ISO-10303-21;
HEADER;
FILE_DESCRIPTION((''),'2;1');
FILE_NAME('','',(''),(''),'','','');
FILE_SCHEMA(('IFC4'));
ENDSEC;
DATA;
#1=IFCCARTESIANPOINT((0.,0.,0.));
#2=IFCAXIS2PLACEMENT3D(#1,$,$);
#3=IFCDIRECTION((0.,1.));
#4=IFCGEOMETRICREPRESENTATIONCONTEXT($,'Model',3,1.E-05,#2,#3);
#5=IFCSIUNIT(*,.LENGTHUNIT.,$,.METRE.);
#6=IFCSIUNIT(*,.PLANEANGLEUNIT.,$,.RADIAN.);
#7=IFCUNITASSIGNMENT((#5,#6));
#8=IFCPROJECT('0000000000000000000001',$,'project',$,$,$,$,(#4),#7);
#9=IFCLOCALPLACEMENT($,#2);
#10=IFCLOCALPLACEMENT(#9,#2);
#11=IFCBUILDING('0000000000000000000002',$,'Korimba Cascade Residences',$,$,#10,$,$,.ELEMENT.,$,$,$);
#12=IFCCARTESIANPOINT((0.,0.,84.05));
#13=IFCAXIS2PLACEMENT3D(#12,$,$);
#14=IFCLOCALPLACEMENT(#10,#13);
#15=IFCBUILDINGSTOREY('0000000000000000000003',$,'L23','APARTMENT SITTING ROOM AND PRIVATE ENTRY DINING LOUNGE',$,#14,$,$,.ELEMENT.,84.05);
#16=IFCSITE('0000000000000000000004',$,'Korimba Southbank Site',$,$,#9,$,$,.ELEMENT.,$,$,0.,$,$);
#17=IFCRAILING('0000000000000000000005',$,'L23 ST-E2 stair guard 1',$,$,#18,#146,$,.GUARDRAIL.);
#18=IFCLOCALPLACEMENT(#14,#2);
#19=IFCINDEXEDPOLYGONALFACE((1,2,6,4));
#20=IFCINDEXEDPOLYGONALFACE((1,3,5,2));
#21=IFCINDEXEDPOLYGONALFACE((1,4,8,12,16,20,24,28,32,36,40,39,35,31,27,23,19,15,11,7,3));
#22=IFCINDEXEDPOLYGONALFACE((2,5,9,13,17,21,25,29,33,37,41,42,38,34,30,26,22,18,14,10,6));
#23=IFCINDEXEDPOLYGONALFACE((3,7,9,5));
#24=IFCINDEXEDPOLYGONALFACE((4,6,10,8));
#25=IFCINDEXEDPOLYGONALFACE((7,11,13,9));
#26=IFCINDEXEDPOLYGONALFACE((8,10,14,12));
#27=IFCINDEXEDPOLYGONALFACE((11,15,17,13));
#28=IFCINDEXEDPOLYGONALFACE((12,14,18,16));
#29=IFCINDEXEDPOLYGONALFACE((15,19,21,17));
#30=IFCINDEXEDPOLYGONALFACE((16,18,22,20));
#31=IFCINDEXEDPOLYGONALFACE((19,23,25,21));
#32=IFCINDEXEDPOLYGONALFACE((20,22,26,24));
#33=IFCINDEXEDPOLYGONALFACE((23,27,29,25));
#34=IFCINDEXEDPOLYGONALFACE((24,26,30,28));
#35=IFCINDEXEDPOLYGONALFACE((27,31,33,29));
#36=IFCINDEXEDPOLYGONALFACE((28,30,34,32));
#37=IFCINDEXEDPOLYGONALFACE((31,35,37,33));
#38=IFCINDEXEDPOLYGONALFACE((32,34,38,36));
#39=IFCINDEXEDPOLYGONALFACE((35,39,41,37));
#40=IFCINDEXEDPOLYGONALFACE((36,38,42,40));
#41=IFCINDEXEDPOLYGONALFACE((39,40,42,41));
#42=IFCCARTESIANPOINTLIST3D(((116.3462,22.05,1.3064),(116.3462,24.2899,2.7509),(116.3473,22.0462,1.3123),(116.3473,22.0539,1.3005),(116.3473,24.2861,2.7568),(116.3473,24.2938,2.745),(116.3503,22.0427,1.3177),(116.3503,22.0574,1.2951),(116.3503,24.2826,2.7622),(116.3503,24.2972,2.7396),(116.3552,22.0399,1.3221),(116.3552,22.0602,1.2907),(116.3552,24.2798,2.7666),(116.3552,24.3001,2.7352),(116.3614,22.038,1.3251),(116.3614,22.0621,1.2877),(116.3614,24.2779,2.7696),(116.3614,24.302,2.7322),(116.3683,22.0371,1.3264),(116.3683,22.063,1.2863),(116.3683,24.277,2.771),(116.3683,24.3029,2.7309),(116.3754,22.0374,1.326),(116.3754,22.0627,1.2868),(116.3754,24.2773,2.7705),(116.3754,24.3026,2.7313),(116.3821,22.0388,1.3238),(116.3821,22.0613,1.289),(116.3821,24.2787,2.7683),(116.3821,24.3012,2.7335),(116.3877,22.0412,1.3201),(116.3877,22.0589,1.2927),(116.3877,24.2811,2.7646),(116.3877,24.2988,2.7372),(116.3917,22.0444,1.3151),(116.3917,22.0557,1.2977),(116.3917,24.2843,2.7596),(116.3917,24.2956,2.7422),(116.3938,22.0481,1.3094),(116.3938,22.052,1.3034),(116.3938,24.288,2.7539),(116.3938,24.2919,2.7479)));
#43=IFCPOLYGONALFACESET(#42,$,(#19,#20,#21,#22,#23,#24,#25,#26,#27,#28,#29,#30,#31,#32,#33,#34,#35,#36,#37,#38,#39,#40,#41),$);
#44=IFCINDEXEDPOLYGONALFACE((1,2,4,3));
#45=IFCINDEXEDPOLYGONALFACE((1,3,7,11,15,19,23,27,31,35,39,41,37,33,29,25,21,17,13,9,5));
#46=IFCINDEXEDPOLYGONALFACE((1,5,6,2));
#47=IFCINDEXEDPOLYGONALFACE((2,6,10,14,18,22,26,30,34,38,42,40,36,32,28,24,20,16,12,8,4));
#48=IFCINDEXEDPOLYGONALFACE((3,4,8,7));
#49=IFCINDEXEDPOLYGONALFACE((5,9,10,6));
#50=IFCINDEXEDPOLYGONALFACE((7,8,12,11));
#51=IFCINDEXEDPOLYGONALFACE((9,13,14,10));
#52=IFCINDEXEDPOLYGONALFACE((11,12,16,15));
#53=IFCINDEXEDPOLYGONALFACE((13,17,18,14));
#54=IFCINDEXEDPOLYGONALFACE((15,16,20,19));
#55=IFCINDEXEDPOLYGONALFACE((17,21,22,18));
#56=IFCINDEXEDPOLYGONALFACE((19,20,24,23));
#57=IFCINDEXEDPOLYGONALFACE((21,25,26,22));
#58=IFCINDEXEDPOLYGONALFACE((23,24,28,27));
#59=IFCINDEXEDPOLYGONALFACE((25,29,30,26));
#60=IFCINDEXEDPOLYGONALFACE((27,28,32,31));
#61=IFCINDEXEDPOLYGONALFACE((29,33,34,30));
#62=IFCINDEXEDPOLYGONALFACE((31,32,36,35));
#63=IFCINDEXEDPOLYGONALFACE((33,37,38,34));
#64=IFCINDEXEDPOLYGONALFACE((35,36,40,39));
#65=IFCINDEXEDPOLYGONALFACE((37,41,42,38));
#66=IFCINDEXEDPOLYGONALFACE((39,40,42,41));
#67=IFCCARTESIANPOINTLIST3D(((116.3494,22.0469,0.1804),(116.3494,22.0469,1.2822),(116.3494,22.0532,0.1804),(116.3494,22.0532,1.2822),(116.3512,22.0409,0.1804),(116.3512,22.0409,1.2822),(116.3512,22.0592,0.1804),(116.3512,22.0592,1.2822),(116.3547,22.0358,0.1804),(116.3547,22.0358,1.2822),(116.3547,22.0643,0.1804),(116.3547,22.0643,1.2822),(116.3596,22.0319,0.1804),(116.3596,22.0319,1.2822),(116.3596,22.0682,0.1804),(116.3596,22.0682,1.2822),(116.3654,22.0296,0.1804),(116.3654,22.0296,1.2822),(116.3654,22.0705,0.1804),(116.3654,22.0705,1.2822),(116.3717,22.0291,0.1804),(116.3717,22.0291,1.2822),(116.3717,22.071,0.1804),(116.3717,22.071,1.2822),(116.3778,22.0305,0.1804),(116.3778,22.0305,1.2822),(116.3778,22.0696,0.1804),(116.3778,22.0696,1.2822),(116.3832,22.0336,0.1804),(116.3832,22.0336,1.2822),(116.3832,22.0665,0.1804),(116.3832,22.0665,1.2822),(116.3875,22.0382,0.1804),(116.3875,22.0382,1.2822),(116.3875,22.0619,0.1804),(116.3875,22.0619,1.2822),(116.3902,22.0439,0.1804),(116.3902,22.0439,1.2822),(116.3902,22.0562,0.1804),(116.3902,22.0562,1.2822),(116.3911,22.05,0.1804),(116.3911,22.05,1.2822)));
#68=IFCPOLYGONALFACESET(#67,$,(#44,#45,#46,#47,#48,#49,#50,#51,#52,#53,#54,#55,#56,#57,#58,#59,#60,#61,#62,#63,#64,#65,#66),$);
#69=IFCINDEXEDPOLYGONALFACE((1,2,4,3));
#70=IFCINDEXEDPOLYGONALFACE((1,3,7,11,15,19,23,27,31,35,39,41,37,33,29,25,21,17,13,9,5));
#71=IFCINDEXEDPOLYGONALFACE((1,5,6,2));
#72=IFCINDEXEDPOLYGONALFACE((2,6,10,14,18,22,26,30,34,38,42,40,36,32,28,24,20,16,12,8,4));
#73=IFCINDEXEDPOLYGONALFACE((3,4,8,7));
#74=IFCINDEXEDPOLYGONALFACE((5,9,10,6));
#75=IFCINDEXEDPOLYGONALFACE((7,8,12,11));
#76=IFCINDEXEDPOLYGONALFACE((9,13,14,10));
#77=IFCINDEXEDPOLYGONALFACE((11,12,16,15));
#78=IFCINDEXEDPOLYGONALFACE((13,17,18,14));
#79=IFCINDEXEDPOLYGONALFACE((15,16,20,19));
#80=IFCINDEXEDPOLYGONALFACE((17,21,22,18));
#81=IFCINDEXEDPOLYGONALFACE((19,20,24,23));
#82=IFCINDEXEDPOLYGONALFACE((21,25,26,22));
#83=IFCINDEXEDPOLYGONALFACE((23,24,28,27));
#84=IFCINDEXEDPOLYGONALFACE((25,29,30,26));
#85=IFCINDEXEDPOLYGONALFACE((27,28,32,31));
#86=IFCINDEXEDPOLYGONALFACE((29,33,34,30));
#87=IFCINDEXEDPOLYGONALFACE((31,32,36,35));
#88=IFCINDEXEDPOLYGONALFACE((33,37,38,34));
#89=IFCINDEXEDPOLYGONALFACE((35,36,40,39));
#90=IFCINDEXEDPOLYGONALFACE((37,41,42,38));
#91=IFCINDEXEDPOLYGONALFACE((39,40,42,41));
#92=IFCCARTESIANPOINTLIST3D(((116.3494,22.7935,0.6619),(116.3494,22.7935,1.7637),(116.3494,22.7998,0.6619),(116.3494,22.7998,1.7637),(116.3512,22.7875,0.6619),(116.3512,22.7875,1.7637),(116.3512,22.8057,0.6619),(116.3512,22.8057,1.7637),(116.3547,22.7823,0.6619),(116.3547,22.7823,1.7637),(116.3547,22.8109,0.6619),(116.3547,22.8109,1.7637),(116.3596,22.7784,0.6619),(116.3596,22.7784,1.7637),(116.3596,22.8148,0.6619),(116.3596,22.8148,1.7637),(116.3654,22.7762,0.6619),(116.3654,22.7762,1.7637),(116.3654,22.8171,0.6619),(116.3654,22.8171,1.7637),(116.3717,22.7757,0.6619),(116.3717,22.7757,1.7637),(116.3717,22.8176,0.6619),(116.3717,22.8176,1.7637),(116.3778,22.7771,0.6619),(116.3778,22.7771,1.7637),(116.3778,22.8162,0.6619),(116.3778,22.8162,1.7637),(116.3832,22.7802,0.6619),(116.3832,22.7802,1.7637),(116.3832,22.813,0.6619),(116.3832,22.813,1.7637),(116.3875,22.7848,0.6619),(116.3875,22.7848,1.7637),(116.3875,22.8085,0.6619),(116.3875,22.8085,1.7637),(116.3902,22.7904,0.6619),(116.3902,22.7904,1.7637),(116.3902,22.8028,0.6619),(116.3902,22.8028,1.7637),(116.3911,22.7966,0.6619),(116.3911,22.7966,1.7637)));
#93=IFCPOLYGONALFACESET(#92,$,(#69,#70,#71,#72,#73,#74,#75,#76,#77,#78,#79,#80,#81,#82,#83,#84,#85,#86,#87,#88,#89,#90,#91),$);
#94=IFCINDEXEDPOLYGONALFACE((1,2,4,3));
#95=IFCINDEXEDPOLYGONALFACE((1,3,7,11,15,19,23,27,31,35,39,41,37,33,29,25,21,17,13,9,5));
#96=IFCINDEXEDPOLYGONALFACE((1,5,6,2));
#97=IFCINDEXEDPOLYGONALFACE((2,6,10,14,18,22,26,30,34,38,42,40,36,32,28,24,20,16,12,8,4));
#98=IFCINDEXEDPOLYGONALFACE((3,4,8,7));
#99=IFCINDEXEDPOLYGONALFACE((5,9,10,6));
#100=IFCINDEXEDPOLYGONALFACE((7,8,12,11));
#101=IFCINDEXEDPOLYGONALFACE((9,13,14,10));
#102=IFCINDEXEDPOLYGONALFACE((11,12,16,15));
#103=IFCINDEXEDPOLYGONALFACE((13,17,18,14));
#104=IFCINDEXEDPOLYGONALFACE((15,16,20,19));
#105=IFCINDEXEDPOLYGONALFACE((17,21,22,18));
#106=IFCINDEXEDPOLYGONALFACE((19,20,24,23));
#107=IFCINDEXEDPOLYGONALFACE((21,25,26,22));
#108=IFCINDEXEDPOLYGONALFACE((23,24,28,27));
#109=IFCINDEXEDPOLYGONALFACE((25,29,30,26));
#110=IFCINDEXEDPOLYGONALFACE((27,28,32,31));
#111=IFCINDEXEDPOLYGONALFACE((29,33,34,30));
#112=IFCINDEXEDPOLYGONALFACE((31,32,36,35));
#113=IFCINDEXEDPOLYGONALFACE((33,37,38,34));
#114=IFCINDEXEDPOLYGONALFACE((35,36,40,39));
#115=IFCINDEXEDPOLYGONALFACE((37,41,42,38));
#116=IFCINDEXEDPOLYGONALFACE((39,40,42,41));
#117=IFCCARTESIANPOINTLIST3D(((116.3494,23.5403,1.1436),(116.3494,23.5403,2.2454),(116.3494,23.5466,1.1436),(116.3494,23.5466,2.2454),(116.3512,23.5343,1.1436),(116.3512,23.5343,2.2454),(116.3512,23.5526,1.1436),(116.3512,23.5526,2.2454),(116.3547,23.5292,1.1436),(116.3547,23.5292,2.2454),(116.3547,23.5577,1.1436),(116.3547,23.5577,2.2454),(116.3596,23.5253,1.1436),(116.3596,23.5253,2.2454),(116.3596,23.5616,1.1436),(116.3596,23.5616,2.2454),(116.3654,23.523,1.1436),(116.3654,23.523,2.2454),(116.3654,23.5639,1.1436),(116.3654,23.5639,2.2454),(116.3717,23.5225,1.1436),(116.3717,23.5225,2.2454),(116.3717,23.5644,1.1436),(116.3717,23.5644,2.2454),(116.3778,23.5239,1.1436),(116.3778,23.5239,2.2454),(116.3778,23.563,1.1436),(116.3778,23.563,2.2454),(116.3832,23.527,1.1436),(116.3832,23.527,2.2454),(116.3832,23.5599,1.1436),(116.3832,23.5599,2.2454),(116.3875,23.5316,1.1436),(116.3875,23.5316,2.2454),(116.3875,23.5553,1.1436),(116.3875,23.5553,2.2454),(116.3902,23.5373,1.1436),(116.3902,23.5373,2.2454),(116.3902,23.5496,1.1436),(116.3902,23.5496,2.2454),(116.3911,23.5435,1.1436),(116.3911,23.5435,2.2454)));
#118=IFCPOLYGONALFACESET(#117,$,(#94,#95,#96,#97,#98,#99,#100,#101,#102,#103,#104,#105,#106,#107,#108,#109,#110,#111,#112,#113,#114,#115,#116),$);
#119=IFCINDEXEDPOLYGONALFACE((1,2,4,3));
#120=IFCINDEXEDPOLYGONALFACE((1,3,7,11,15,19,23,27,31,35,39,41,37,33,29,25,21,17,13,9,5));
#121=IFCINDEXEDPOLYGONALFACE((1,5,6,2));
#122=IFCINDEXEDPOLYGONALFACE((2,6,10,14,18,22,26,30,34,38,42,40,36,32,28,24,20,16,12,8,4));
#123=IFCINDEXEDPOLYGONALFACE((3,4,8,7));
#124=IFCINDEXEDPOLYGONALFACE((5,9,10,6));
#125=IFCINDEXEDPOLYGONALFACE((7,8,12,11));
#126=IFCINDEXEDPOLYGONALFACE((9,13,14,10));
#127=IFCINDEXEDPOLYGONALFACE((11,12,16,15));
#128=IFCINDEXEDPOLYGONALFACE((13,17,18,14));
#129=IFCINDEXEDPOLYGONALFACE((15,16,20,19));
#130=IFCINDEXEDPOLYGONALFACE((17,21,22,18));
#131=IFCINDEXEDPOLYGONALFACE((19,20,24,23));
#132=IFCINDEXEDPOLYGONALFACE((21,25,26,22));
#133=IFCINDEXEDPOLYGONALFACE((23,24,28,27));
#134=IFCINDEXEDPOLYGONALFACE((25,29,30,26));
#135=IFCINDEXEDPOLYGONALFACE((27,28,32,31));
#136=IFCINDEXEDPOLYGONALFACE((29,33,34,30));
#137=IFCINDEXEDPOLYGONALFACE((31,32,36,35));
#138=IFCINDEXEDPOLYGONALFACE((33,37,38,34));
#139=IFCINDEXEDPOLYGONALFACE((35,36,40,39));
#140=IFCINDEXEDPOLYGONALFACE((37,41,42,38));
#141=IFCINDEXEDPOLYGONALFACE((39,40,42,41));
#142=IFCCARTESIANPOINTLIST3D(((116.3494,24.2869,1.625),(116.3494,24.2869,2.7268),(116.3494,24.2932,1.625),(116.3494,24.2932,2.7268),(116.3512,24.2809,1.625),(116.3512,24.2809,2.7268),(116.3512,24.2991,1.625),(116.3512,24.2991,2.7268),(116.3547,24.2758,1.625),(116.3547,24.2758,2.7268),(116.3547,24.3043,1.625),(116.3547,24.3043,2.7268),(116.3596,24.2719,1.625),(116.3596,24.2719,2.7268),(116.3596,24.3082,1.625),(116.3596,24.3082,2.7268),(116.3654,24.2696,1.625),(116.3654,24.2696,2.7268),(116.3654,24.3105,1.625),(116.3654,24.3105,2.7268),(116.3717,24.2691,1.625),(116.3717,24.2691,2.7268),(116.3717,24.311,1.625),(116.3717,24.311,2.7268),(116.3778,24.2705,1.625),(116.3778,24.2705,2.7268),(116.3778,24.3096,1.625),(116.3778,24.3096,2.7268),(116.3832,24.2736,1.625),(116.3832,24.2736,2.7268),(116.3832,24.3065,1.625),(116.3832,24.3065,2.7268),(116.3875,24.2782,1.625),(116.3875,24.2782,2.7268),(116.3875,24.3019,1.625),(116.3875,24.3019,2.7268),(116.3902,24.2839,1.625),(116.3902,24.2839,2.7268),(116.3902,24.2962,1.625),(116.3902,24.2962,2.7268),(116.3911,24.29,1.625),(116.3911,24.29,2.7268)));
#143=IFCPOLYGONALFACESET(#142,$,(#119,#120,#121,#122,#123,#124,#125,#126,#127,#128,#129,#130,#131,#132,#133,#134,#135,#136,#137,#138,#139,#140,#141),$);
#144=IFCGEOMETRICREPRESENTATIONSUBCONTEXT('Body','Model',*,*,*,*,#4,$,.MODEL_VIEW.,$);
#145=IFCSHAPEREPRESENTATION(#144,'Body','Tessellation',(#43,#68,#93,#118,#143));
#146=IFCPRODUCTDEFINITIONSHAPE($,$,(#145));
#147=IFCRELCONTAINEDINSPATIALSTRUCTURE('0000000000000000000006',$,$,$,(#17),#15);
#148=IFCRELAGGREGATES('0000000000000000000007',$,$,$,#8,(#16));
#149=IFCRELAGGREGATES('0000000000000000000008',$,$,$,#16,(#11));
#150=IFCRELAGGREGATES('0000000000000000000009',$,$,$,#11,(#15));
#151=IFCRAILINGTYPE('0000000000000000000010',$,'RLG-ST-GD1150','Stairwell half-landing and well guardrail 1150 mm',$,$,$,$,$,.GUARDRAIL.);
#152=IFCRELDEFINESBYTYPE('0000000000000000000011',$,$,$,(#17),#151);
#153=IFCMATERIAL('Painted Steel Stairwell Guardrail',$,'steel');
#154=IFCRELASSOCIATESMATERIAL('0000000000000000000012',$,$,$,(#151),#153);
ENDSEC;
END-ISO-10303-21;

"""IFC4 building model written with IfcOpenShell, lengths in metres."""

from ifc_helpers import new_model, si_unit, direction, frame, origin, origin_2d, place, context, subcontext, project, spatial, circle, extrude, material, type_object, element, save


model = new_model("IFC4")

# Units and contexts
model_context = context("Model", 3, precision=1e-05, world=origin(), true_north=direction((0.0, 1.0)))
body_context = subcontext(model_context, "Body", "Model", "MODEL_VIEW")
ifc_project = project(units=[si_unit("LENGTHUNIT", "METRE"), si_unit("PLANEANGLEUNIT", "RADIAN")], contexts=[model_context])

# Site, building, storey
site_placement = place(None, origin())
site = spatial("IfcSite", under=ifc_project, at=site_placement, Name="Korimba Southbank Site", CompositionType="ELEMENT", RefElevation=0.0)
building_placement = place(site_placement, origin())
building = spatial("IfcBuilding", under=site, at=building_placement, Name="Korimba Cascade Residences", CompositionType="ELEMENT")
storey_placement = place(building_placement, frame((0.0, 0.0, 84.05)))
storey = spatial("IfcBuildingStorey", under=building, at=storey_placement, Name="L23", Description="APARTMENT SITTING ROOM AND PRIVATE ENTRY DINING LOUNGE", CompositionType="ELEMENT", Elevation=84.05)

# Railing
ifc_material_1 = material(Name="Painted Steel Stairwell Guardrail", Category="steel")
railing_type_1 = type_object("IfcRailingType", Name="RLG-ST-GD1150", Description="Stairwell half-landing and well guardrail 1150 mm", PredefinedType="GUARDRAIL", material=ifc_material_1)
railing_1_placement = place(storey_placement, frame((116.3701, 22.05, 0.1804)))
element("IfcRailing", 1, at=railing_1_placement, inside=storey, type_object=railing_type_1, Name="L23 ST-E2 stair guard 1", PredefinedType="GUARDRAIL", context=body_context, shape_type="SweptSolid", body=[
    extrude(circle(Radius=0.0239, at=origin_2d()), frame((0.0, 0.0, 1.126), z_axis=(0.0, 0.840395, 0.541975), x_axis=(-1.0, 0.0, 0.0)), (0.0, 0.0, 1.0), 2.6653),
    extrude(circle(Radius=0.021, at=origin_2d()), origin(), (0.0, 0.0, 1.0), 1.1018),
    extrude(circle(Radius=0.021, at=origin_2d()), frame((0.0, 0.7466, 0.4814)), (0.0, 0.0, 1.0), 1.1018),
    extrude(circle(Radius=0.021, at=origin_2d()), frame((0.0, 1.4934, 0.9631)), (0.0, 0.0, 1.0), 1.1018),
    extrude(circle(Radius=0.021, at=origin_2d()), frame((0.0, 2.24, 1.4446)), (0.0, 0.0, 1.0), 1.1018),
])

save(model, "model.ifc")
